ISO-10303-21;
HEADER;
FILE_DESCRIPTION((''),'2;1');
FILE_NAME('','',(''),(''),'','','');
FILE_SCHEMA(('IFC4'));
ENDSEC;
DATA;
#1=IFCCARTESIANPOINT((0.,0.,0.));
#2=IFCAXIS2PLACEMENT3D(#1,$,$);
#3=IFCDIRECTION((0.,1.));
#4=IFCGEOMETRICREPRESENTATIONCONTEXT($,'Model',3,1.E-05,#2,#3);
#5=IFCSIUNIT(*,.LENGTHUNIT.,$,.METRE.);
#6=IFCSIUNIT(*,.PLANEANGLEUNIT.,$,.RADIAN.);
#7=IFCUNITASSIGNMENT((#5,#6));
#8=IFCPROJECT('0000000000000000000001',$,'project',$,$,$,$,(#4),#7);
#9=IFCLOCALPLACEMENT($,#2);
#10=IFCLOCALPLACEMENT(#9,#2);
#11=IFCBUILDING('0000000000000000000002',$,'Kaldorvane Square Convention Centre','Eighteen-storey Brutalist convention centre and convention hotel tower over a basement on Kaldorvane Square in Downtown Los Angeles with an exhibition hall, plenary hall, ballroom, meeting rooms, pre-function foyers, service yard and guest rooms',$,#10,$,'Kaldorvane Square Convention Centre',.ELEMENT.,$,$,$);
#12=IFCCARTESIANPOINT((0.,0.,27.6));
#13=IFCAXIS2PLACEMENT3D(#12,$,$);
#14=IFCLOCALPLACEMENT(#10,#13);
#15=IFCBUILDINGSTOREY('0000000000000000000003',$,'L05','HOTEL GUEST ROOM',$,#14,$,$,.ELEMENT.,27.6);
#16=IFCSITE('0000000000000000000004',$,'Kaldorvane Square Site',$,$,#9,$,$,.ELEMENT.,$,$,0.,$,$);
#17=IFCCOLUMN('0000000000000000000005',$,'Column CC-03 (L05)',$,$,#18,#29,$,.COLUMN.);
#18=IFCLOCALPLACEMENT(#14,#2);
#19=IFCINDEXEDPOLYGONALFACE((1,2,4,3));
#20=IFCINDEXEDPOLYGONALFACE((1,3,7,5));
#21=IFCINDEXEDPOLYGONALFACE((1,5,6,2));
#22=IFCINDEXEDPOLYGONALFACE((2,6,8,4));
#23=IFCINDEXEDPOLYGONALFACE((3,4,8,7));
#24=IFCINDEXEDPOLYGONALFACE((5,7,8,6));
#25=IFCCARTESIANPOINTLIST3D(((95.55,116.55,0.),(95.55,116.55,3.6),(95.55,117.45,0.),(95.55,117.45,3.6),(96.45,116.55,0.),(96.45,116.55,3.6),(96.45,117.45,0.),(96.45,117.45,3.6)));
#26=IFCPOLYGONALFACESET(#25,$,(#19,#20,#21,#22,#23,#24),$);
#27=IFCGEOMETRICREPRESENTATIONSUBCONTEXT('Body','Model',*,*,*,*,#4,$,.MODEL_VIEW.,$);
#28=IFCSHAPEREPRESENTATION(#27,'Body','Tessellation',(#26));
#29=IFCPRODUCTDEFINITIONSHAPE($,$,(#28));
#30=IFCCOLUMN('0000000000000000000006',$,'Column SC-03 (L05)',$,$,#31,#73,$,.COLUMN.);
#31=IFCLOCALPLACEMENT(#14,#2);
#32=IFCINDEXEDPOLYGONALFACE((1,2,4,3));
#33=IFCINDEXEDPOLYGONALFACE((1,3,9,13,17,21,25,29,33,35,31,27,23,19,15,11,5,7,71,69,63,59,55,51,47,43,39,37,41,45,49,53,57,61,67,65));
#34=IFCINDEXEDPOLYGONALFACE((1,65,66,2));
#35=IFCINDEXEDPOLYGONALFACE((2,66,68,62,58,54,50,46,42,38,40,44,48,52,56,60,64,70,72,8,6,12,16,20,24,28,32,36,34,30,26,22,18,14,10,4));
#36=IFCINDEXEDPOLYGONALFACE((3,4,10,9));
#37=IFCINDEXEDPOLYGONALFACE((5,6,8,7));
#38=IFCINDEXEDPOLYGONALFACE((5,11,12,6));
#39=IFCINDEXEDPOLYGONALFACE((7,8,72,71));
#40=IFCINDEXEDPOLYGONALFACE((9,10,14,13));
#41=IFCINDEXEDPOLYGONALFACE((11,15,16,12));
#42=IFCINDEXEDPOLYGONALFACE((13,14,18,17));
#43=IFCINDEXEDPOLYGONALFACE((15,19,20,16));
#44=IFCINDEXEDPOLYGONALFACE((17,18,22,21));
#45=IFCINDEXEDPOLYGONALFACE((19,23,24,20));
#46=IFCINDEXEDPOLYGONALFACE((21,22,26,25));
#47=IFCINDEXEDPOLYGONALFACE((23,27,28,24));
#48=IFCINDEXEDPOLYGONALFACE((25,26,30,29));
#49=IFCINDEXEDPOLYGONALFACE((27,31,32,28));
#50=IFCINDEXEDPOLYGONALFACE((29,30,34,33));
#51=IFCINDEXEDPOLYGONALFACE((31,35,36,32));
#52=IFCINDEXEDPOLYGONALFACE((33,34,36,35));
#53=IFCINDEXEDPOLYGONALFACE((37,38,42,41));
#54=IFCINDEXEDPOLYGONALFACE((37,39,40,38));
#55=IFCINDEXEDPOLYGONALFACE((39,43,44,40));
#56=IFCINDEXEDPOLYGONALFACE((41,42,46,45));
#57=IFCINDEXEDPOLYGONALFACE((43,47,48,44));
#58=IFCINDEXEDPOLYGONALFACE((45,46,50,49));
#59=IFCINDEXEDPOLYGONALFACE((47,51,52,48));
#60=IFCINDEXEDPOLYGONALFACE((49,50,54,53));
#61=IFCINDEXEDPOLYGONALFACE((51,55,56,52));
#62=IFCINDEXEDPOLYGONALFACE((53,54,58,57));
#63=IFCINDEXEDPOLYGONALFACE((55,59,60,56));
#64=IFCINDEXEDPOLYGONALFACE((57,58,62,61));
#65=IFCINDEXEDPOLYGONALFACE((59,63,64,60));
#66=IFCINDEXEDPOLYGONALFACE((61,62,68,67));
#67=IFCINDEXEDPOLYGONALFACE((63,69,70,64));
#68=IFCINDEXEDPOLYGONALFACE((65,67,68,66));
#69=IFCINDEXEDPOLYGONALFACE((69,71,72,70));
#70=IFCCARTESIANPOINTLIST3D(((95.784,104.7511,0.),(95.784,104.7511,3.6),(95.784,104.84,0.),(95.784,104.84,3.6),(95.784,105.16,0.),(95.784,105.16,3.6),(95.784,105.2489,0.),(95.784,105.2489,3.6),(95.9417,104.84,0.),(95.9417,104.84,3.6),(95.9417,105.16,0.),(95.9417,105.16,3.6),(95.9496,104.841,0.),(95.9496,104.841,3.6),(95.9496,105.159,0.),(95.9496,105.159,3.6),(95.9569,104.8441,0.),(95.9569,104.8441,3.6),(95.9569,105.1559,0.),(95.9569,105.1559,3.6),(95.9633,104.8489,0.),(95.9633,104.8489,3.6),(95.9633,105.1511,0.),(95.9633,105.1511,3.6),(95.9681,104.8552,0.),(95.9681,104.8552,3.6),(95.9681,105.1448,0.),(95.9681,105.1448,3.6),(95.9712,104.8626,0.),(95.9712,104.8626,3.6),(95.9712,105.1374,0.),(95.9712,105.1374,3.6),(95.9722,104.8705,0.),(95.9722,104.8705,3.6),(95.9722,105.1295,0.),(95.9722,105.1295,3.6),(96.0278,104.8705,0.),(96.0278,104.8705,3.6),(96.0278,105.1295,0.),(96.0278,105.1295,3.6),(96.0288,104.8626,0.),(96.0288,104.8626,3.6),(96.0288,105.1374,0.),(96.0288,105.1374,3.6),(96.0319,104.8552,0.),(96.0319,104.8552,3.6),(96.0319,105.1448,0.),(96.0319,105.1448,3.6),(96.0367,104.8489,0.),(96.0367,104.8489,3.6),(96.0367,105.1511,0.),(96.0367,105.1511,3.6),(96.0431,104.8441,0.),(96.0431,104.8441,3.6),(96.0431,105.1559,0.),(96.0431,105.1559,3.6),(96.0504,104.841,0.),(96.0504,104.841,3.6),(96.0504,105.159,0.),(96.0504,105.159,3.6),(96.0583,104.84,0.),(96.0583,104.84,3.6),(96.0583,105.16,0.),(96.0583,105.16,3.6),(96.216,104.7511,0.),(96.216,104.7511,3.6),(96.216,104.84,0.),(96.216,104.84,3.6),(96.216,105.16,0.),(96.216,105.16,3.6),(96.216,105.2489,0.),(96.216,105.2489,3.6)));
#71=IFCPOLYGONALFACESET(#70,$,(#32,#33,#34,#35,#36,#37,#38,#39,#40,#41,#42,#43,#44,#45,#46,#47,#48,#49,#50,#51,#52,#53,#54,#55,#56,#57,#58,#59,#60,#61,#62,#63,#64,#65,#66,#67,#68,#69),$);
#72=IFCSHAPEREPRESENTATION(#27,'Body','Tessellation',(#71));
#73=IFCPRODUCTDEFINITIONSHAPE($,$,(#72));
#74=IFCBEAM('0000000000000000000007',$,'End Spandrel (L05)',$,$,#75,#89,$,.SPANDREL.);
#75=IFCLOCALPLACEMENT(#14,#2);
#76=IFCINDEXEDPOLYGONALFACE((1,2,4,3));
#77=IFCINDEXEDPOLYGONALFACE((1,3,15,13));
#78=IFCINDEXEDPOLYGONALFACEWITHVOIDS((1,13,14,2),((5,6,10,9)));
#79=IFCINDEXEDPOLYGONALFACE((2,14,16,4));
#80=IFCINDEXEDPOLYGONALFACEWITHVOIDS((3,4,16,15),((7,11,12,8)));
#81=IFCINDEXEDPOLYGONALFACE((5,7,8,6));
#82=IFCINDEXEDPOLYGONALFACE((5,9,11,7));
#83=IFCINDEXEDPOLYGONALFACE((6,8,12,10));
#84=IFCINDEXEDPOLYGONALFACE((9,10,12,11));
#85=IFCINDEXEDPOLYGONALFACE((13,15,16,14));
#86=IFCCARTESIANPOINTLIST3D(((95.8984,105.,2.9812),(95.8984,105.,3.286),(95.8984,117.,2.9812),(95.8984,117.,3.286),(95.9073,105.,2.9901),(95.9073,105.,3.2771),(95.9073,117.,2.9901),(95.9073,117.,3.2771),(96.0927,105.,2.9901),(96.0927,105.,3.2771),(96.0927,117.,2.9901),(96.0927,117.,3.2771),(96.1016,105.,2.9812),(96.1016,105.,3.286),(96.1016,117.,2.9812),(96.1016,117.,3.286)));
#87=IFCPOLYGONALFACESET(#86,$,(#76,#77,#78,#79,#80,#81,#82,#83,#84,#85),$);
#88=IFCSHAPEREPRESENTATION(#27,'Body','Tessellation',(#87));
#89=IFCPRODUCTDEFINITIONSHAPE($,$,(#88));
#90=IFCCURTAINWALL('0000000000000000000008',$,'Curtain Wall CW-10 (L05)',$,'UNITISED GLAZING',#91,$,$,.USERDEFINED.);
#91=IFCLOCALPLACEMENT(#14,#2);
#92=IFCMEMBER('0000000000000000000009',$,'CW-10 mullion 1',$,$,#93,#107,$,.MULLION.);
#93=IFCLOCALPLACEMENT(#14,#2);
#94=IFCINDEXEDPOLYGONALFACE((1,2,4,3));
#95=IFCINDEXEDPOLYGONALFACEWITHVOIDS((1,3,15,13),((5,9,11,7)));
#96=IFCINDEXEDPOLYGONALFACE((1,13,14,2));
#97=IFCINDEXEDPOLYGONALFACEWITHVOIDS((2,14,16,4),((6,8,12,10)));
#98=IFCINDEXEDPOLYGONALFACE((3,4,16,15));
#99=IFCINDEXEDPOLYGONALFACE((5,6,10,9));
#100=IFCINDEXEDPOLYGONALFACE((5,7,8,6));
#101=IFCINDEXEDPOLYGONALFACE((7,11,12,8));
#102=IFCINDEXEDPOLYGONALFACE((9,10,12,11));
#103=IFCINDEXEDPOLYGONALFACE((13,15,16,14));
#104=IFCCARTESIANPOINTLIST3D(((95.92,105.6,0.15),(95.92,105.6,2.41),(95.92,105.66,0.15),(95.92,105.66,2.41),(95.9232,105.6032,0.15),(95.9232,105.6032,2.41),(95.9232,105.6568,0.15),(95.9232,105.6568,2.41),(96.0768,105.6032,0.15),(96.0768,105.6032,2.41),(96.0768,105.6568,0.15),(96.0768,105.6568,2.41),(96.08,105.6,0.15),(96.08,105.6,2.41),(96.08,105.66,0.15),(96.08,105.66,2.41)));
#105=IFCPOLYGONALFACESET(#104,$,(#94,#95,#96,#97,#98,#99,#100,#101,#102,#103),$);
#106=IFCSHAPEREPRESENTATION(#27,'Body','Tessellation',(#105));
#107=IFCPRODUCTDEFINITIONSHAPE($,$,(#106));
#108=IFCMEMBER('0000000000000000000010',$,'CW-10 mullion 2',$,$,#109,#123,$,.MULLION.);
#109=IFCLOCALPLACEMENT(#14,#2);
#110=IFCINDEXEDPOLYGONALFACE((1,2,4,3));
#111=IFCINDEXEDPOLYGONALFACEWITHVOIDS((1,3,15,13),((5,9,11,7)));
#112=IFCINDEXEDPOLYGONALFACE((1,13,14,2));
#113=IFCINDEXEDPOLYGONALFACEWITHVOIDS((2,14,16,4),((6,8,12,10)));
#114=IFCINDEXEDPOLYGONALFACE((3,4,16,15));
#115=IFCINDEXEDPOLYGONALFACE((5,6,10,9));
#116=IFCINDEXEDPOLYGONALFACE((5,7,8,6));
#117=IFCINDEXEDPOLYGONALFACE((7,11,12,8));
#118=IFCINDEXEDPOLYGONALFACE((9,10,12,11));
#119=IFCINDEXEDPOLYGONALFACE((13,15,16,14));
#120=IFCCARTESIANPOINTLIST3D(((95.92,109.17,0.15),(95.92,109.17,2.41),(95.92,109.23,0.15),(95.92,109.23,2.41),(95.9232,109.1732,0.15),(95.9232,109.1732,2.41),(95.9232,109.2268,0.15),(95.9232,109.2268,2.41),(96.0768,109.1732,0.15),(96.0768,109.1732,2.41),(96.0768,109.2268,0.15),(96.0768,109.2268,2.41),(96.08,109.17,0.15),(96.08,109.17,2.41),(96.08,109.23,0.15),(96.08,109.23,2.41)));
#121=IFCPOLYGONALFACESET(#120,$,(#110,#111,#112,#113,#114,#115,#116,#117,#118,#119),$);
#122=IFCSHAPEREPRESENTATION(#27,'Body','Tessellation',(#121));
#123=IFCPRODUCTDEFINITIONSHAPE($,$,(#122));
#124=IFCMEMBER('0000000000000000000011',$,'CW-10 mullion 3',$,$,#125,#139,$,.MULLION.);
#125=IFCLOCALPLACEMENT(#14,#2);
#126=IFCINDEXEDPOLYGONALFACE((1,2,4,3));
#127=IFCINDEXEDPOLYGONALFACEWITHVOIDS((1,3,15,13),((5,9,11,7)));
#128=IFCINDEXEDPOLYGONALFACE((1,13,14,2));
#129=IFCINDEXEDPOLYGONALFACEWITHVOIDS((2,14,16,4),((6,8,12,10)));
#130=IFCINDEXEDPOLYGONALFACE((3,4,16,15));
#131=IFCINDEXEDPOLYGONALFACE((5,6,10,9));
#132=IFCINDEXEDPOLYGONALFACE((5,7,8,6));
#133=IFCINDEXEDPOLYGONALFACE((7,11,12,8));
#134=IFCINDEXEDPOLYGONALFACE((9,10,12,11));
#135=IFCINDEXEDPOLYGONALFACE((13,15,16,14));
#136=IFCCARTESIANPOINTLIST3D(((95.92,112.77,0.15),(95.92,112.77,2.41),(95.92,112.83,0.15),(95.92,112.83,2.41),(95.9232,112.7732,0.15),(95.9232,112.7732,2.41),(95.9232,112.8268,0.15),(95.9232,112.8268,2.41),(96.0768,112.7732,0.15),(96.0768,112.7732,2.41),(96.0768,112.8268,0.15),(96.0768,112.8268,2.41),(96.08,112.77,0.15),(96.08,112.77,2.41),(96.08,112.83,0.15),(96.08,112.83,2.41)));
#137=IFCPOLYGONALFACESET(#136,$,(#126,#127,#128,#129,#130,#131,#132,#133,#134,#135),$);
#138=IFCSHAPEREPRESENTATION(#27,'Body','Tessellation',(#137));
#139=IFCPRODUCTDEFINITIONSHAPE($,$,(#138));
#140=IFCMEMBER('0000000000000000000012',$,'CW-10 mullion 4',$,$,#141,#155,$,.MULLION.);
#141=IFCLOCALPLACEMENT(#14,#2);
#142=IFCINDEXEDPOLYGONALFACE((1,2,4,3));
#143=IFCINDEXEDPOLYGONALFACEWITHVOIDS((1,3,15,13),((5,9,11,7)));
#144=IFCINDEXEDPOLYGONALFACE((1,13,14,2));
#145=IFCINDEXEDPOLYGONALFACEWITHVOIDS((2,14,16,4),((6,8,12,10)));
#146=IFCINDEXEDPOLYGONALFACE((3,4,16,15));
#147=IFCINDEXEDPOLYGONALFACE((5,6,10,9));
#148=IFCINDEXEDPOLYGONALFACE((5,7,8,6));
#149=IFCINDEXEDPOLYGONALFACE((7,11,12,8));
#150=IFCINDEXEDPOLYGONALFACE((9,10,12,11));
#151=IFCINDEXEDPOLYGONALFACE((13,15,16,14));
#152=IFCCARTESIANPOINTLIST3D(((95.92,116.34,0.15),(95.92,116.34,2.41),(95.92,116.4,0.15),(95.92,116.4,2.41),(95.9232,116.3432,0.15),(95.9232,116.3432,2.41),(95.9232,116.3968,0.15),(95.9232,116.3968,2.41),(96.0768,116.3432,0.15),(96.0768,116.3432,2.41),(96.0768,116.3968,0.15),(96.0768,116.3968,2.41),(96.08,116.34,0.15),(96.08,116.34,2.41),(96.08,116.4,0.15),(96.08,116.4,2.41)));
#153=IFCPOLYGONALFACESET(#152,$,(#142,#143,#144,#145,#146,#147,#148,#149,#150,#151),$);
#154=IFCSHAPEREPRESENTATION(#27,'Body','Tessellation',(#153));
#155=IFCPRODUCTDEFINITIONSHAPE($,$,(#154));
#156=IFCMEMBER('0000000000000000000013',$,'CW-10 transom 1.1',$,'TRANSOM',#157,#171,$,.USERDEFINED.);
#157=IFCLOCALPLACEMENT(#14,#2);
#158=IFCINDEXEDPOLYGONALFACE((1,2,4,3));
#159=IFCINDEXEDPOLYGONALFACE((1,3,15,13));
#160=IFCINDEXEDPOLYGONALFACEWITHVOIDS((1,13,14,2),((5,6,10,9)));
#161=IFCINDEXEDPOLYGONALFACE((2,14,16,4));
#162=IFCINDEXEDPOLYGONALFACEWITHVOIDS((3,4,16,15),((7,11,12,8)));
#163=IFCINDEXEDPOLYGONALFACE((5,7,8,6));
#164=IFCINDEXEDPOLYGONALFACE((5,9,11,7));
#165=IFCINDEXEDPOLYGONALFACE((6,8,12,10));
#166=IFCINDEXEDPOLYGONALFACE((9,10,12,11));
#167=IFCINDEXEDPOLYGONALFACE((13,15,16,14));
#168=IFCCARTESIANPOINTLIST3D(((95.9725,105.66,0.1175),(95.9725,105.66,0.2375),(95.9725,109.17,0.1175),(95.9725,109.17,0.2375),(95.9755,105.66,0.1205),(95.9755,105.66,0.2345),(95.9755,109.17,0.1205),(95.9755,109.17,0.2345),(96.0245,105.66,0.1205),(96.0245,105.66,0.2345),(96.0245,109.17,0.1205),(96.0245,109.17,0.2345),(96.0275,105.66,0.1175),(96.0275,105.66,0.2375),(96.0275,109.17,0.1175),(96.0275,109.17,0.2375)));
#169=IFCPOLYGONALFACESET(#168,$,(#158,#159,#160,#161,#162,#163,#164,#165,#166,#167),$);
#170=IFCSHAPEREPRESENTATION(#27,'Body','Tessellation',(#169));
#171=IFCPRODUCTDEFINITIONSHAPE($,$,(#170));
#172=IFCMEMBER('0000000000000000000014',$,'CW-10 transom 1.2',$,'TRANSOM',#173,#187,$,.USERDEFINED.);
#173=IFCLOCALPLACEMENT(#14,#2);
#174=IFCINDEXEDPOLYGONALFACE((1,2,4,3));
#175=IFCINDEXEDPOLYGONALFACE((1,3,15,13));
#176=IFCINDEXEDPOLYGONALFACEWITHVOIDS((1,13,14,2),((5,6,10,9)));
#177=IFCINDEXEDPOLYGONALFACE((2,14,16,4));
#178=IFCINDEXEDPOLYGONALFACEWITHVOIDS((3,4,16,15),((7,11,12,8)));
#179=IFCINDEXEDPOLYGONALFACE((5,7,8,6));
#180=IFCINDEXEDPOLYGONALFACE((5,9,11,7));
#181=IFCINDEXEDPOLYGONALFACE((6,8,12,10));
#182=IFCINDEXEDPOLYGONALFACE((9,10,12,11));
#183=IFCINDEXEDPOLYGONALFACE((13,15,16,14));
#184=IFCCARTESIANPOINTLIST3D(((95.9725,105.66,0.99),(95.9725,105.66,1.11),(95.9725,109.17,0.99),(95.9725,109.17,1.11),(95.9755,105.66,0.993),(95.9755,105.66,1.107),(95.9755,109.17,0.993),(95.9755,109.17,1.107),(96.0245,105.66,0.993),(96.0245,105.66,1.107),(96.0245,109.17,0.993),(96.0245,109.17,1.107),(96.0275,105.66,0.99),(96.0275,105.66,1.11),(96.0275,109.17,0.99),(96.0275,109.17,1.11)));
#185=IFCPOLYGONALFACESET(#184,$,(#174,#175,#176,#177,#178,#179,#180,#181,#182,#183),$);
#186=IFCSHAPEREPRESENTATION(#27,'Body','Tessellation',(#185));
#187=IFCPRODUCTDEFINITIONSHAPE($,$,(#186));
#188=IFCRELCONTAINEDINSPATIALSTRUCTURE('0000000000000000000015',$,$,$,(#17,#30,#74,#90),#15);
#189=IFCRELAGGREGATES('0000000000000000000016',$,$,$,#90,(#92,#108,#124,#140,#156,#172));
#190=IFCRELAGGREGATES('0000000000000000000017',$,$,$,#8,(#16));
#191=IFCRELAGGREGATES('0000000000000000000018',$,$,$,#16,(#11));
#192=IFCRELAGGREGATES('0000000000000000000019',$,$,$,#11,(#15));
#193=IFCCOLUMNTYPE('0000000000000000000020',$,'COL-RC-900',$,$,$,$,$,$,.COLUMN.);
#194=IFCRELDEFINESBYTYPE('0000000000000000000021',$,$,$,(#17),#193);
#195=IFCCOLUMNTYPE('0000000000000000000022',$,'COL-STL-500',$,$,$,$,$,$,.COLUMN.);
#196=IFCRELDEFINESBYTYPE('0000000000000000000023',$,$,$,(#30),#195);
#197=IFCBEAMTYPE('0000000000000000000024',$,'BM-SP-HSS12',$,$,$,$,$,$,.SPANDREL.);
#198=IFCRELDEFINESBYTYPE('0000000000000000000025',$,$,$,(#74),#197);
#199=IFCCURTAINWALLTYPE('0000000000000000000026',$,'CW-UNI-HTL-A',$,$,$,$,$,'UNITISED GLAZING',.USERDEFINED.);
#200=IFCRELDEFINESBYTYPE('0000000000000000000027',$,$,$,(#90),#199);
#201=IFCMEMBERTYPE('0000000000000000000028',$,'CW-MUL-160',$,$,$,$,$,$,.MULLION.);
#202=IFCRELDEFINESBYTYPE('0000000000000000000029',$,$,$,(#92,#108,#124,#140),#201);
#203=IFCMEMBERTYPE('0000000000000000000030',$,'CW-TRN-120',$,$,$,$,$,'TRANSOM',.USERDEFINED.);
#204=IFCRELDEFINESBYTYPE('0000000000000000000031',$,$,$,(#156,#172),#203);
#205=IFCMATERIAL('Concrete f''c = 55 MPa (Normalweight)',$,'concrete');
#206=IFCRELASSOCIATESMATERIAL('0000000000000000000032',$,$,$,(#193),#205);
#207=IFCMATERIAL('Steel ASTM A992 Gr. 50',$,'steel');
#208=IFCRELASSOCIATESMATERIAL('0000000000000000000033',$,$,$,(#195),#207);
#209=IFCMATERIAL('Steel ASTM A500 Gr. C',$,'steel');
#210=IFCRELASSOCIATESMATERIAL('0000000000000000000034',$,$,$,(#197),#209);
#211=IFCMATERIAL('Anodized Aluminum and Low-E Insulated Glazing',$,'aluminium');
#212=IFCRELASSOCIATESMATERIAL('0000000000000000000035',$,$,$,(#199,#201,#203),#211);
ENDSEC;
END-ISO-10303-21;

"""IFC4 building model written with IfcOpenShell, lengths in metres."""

from ifc_helpers import new_model, si_unit, direction, frame, origin, origin_2d, place, context, subcontext, project, spatial, rectangle, hollow_rectangle, i_section, extrude, material, material_profile, profile_set, type_object, element, aggregate, save


model = new_model("IFC4")

# Units and contexts
model_context = context("Model", 3, precision=1e-05, world=origin(), true_north=direction((0.0, 1.0)))
body_context = subcontext(model_context, "Body", "Model", "MODEL_VIEW")
ifc_project = project(units=[si_unit("LENGTHUNIT", "METRE"), si_unit("PLANEANGLEUNIT", "RADIAN")], contexts=[model_context])

# Site, building, storey
site_placement = place(None, origin())
site = spatial("IfcSite", under=ifc_project, at=site_placement, Name="Kaldorvane Square Site", CompositionType="ELEMENT", RefElevation=0.0)
building_placement = place(site_placement, origin())
building = spatial("IfcBuilding", under=site, at=building_placement, Name="Kaldorvane Square Convention Centre", Description="Eighteen-storey Brutalist convention centre and convention hotel tower over a basement on Kaldorvane Square in Downtown Los Angeles with an exhibition hall, plenary hall, ballroom, meeting rooms, pre-function foyers, service yard and guest rooms", LongName="Kaldorvane Square Convention Centre", CompositionType="ELEMENT")
storey_placement = place(building_placement, frame((0.0, 0.0, 27.6)))
storey = spatial("IfcBuildingStorey", under=building, at=storey_placement, Name="L05", Description="HOTEL GUEST ROOM", CompositionType="ELEMENT", Elevation=27.6)

# Columns
ifc_material_1 = material(Name="Concrete f'c = 55 MPa (Normalweight)", Category="concrete")
ifc_material_profile_1 = material_profile(ifc_material_1, rectangle(XDim=0.9, YDim=0.9, at=origin_2d()), Name="RC900X900")
ifc_profile_set_1 = profile_set([ifc_material_profile_1], Name="Concrete f'c = 55 MPa (Normalweight)")
column_type_1 = type_object("IfcColumnType", Name="COL-RC-900", PredefinedType="COLUMN", material=ifc_profile_set_1)
column_1_placement = place(storey_placement, frame((96.0, 117.0, 0.0), z_axis=(0.0, 0.0, 1.0), x_axis=(1.0, 0.0, 0.0)))
element("IfcColumn", 1, at=column_1_placement, inside=storey, type_object=column_type_1, Name="Column CC-03 (L05)", PredefinedType="COLUMN", context=body_context, shape_type="SweptSolid", body=[
    extrude(rectangle(XDim=0.9, YDim=0.9, at=origin_2d()), origin(), (0.0, 0.0, 1.0), 3.6),
])
ifc_material_2 = material(Name="Steel ASTM A992 Gr. 50", Category="steel")
ifc_material_profile_2 = material_profile(ifc_material_2, i_section(OverallWidth=0.4321, OverallDepth=0.4978, WebThickness=0.0556, FlangeThickness=0.0889, FilletRadius=0.0305, at=origin_2d()), Name="W14X500")
ifc_profile_set_2 = profile_set([ifc_material_profile_2], Name="Steel ASTM A992 Gr. 50")
column_type_2 = type_object("IfcColumnType", Name="COL-STL-500", PredefinedType="COLUMN", material=ifc_profile_set_2)
column_2_placement = place(storey_placement, frame((96.0, 105.0, 0.0), z_axis=(0.0, 0.0, 1.0), x_axis=(1.0, 0.0, 0.0)))
element("IfcColumn", 2, at=column_2_placement, inside=storey, type_object=column_type_2, Name="Column SC-03 (L05)", PredefinedType="COLUMN", context=body_context, shape_type="SweptSolid", body=[
    extrude(i_section(OverallWidth=0.4321, OverallDepth=0.4978, WebThickness=0.0556, FlangeThickness=0.0889, FilletRadius=0.0305, at=origin_2d()), origin(), (0.0, 0.0, 1.0), 3.6),
])

# Beam
ifc_material_3 = material(Name="Steel ASTM A500 Gr. C", Category="steel")
ifc_material_profile_3 = material_profile(ifc_material_3, hollow_rectangle(XDim=0.2032, YDim=0.3048, WallThickness=0.0089, at=origin_2d()), Name="HSS12X8X3/8")
ifc_profile_set_3 = profile_set([ifc_material_profile_3], Name="Steel ASTM A500 Gr. C")
beam_type = type_object("IfcBeamType", Name="BM-SP-HSS12", PredefinedType="SPANDREL", material=ifc_profile_set_3)
beam_placement = place(storey_placement, frame((96.0, 105.0, 3.1336), z_axis=(0.0, 1.0, 0.0), x_axis=(-1.0, 0.0, 0.0)))
element("IfcBeam", 3, at=beam_placement, inside=storey, type_object=beam_type, Name="End Spandrel (L05)", PredefinedType="SPANDREL", context=body_context, shape_type="SweptSolid", body=[
    extrude(hollow_rectangle(XDim=0.2032, YDim=0.3048, WallThickness=0.0089, at=origin_2d()), origin(), (0.0, 0.0, 1.0), 12.0),
])

# Curtain wall, members
ifc_material_4 = material(Name="Anodized Aluminum and Low-E Insulated Glazing", Category="aluminium")
curtain_wall_type = type_object("IfcCurtainWallType", Name="CW-UNI-HTL-A", ElementType="UNITISED GLAZING", PredefinedType="USERDEFINED", material=ifc_material_4)
curtain_wall_placement = place(storey_placement, origin())
curtain_wall = element("IfcCurtainWall", 4, at=curtain_wall_placement, inside=storey, type_object=curtain_wall_type, Name="Curtain Wall CW-10 (L05)", ObjectType="UNITISED GLAZING", PredefinedType="USERDEFINED")
ifc_material_profile_4 = material_profile(ifc_material_4, hollow_rectangle(XDim=0.06, YDim=0.16, WallThickness=0.0032, at=origin_2d()), Name="CWM-160X60")
ifc_profile_set_4 = profile_set([ifc_material_profile_4], Name="Anodized Aluminum and Low-E Insulated Glazing")
member_type_1 = type_object("IfcMemberType", Name="CW-MUL-160", PredefinedType="MULLION", material=ifc_profile_set_4)
member_1_placement = place(storey_placement, frame((96.0, 105.63, 0.15), z_axis=(0.0, 0.0, 1.0), x_axis=(0.0, 1.0, 0.0)))
member_1 = element("IfcMember", 5, at=member_1_placement, type_object=member_type_1, Name="CW-10 mullion 1", PredefinedType="MULLION", context=body_context, shape_type="SweptSolid", body=[
    extrude(hollow_rectangle(XDim=0.06, YDim=0.16, WallThickness=0.0032, at=origin_2d()), origin(), (0.0, 0.0, 1.0), 2.26),
])
member_2_placement = place(storey_placement, frame((96.0, 109.2, 0.15), z_axis=(0.0, 0.0, 1.0), x_axis=(0.0, 1.0, 0.0)))
member_2 = element("IfcMember", 6, at=member_2_placement, type_object=member_type_1, Name="CW-10 mullion 2", PredefinedType="MULLION", context=body_context, shape_type="SweptSolid", body=[
    extrude(hollow_rectangle(XDim=0.06, YDim=0.16, WallThickness=0.0032, at=origin_2d()), origin(), (0.0, 0.0, 1.0), 2.26),
])
member_3_placement = place(storey_placement, frame((96.0, 112.8, 0.15), z_axis=(0.0, 0.0, 1.0), x_axis=(0.0, 1.0, 0.0)))
member_3 = element("IfcMember", 7, at=member_3_placement, type_object=member_type_1, Name="CW-10 mullion 3", PredefinedType="MULLION", context=body_context, shape_type="SweptSolid", body=[
    extrude(hollow_rectangle(XDim=0.06, YDim=0.16, WallThickness=0.0032, at=origin_2d()), origin(), (0.0, 0.0, 1.0), 2.26),
])
member_4_placement = place(storey_placement, frame((96.0, 116.37, 0.15), z_axis=(0.0, 0.0, 1.0), x_axis=(0.0, 1.0, 0.0)))
member_4 = element("IfcMember", 8, at=member_4_placement, type_object=member_type_1, Name="CW-10 mullion 4", PredefinedType="MULLION", context=body_context, shape_type="SweptSolid", body=[
    extrude(hollow_rectangle(XDim=0.06, YDim=0.16, WallThickness=0.0032, at=origin_2d()), origin(), (0.0, 0.0, 1.0), 2.26),
])
ifc_material_profile_5 = material_profile(ifc_material_4, hollow_rectangle(XDim=0.055, YDim=0.12, WallThickness=0.003, at=origin_2d()), Name="CWT-120X55")
ifc_profile_set_5 = profile_set([ifc_material_profile_5], Name="Anodized Aluminum and Low-E Insulated Glazing")
member_type_2 = type_object("IfcMemberType", Name="CW-TRN-120", ElementType="TRANSOM", PredefinedType="USERDEFINED", material=ifc_profile_set_5)
member_5_placement = place(storey_placement, frame((96.0, 105.66, 0.1775), z_axis=(0.0, 1.0, 0.0), x_axis=(-1.0, 0.0, 0.0)))
member_5 = element("IfcMember", 9, at=member_5_placement, type_object=member_type_2, Name="CW-10 transom 1.1", ObjectType="TRANSOM", PredefinedType="USERDEFINED", context=body_context, shape_type="SweptSolid", body=[
    extrude(hollow_rectangle(XDim=0.055, YDim=0.12, WallThickness=0.003, at=origin_2d()), origin(), (0.0, 0.0, 1.0), 3.51),
])
member_6_placement = place(storey_placement, frame((96.0, 105.66, 1.05), z_axis=(0.0, 1.0, 0.0), x_axis=(-1.0, 0.0, 0.0)))
member_6 = element("IfcMember", 10, at=member_6_placement, type_object=member_type_2, Name="CW-10 transom 1.2", ObjectType="TRANSOM", PredefinedType="USERDEFINED", context=body_context, shape_type="SweptSolid", body=[
    extrude(hollow_rectangle(XDim=0.055, YDim=0.12, WallThickness=0.003, at=origin_2d()), origin(), (0.0, 0.0, 1.0), 3.51),
])
aggregate(curtain_wall, [member_1, member_2, member_3, member_4, member_5, member_6])

save(model, "model.ifc")
